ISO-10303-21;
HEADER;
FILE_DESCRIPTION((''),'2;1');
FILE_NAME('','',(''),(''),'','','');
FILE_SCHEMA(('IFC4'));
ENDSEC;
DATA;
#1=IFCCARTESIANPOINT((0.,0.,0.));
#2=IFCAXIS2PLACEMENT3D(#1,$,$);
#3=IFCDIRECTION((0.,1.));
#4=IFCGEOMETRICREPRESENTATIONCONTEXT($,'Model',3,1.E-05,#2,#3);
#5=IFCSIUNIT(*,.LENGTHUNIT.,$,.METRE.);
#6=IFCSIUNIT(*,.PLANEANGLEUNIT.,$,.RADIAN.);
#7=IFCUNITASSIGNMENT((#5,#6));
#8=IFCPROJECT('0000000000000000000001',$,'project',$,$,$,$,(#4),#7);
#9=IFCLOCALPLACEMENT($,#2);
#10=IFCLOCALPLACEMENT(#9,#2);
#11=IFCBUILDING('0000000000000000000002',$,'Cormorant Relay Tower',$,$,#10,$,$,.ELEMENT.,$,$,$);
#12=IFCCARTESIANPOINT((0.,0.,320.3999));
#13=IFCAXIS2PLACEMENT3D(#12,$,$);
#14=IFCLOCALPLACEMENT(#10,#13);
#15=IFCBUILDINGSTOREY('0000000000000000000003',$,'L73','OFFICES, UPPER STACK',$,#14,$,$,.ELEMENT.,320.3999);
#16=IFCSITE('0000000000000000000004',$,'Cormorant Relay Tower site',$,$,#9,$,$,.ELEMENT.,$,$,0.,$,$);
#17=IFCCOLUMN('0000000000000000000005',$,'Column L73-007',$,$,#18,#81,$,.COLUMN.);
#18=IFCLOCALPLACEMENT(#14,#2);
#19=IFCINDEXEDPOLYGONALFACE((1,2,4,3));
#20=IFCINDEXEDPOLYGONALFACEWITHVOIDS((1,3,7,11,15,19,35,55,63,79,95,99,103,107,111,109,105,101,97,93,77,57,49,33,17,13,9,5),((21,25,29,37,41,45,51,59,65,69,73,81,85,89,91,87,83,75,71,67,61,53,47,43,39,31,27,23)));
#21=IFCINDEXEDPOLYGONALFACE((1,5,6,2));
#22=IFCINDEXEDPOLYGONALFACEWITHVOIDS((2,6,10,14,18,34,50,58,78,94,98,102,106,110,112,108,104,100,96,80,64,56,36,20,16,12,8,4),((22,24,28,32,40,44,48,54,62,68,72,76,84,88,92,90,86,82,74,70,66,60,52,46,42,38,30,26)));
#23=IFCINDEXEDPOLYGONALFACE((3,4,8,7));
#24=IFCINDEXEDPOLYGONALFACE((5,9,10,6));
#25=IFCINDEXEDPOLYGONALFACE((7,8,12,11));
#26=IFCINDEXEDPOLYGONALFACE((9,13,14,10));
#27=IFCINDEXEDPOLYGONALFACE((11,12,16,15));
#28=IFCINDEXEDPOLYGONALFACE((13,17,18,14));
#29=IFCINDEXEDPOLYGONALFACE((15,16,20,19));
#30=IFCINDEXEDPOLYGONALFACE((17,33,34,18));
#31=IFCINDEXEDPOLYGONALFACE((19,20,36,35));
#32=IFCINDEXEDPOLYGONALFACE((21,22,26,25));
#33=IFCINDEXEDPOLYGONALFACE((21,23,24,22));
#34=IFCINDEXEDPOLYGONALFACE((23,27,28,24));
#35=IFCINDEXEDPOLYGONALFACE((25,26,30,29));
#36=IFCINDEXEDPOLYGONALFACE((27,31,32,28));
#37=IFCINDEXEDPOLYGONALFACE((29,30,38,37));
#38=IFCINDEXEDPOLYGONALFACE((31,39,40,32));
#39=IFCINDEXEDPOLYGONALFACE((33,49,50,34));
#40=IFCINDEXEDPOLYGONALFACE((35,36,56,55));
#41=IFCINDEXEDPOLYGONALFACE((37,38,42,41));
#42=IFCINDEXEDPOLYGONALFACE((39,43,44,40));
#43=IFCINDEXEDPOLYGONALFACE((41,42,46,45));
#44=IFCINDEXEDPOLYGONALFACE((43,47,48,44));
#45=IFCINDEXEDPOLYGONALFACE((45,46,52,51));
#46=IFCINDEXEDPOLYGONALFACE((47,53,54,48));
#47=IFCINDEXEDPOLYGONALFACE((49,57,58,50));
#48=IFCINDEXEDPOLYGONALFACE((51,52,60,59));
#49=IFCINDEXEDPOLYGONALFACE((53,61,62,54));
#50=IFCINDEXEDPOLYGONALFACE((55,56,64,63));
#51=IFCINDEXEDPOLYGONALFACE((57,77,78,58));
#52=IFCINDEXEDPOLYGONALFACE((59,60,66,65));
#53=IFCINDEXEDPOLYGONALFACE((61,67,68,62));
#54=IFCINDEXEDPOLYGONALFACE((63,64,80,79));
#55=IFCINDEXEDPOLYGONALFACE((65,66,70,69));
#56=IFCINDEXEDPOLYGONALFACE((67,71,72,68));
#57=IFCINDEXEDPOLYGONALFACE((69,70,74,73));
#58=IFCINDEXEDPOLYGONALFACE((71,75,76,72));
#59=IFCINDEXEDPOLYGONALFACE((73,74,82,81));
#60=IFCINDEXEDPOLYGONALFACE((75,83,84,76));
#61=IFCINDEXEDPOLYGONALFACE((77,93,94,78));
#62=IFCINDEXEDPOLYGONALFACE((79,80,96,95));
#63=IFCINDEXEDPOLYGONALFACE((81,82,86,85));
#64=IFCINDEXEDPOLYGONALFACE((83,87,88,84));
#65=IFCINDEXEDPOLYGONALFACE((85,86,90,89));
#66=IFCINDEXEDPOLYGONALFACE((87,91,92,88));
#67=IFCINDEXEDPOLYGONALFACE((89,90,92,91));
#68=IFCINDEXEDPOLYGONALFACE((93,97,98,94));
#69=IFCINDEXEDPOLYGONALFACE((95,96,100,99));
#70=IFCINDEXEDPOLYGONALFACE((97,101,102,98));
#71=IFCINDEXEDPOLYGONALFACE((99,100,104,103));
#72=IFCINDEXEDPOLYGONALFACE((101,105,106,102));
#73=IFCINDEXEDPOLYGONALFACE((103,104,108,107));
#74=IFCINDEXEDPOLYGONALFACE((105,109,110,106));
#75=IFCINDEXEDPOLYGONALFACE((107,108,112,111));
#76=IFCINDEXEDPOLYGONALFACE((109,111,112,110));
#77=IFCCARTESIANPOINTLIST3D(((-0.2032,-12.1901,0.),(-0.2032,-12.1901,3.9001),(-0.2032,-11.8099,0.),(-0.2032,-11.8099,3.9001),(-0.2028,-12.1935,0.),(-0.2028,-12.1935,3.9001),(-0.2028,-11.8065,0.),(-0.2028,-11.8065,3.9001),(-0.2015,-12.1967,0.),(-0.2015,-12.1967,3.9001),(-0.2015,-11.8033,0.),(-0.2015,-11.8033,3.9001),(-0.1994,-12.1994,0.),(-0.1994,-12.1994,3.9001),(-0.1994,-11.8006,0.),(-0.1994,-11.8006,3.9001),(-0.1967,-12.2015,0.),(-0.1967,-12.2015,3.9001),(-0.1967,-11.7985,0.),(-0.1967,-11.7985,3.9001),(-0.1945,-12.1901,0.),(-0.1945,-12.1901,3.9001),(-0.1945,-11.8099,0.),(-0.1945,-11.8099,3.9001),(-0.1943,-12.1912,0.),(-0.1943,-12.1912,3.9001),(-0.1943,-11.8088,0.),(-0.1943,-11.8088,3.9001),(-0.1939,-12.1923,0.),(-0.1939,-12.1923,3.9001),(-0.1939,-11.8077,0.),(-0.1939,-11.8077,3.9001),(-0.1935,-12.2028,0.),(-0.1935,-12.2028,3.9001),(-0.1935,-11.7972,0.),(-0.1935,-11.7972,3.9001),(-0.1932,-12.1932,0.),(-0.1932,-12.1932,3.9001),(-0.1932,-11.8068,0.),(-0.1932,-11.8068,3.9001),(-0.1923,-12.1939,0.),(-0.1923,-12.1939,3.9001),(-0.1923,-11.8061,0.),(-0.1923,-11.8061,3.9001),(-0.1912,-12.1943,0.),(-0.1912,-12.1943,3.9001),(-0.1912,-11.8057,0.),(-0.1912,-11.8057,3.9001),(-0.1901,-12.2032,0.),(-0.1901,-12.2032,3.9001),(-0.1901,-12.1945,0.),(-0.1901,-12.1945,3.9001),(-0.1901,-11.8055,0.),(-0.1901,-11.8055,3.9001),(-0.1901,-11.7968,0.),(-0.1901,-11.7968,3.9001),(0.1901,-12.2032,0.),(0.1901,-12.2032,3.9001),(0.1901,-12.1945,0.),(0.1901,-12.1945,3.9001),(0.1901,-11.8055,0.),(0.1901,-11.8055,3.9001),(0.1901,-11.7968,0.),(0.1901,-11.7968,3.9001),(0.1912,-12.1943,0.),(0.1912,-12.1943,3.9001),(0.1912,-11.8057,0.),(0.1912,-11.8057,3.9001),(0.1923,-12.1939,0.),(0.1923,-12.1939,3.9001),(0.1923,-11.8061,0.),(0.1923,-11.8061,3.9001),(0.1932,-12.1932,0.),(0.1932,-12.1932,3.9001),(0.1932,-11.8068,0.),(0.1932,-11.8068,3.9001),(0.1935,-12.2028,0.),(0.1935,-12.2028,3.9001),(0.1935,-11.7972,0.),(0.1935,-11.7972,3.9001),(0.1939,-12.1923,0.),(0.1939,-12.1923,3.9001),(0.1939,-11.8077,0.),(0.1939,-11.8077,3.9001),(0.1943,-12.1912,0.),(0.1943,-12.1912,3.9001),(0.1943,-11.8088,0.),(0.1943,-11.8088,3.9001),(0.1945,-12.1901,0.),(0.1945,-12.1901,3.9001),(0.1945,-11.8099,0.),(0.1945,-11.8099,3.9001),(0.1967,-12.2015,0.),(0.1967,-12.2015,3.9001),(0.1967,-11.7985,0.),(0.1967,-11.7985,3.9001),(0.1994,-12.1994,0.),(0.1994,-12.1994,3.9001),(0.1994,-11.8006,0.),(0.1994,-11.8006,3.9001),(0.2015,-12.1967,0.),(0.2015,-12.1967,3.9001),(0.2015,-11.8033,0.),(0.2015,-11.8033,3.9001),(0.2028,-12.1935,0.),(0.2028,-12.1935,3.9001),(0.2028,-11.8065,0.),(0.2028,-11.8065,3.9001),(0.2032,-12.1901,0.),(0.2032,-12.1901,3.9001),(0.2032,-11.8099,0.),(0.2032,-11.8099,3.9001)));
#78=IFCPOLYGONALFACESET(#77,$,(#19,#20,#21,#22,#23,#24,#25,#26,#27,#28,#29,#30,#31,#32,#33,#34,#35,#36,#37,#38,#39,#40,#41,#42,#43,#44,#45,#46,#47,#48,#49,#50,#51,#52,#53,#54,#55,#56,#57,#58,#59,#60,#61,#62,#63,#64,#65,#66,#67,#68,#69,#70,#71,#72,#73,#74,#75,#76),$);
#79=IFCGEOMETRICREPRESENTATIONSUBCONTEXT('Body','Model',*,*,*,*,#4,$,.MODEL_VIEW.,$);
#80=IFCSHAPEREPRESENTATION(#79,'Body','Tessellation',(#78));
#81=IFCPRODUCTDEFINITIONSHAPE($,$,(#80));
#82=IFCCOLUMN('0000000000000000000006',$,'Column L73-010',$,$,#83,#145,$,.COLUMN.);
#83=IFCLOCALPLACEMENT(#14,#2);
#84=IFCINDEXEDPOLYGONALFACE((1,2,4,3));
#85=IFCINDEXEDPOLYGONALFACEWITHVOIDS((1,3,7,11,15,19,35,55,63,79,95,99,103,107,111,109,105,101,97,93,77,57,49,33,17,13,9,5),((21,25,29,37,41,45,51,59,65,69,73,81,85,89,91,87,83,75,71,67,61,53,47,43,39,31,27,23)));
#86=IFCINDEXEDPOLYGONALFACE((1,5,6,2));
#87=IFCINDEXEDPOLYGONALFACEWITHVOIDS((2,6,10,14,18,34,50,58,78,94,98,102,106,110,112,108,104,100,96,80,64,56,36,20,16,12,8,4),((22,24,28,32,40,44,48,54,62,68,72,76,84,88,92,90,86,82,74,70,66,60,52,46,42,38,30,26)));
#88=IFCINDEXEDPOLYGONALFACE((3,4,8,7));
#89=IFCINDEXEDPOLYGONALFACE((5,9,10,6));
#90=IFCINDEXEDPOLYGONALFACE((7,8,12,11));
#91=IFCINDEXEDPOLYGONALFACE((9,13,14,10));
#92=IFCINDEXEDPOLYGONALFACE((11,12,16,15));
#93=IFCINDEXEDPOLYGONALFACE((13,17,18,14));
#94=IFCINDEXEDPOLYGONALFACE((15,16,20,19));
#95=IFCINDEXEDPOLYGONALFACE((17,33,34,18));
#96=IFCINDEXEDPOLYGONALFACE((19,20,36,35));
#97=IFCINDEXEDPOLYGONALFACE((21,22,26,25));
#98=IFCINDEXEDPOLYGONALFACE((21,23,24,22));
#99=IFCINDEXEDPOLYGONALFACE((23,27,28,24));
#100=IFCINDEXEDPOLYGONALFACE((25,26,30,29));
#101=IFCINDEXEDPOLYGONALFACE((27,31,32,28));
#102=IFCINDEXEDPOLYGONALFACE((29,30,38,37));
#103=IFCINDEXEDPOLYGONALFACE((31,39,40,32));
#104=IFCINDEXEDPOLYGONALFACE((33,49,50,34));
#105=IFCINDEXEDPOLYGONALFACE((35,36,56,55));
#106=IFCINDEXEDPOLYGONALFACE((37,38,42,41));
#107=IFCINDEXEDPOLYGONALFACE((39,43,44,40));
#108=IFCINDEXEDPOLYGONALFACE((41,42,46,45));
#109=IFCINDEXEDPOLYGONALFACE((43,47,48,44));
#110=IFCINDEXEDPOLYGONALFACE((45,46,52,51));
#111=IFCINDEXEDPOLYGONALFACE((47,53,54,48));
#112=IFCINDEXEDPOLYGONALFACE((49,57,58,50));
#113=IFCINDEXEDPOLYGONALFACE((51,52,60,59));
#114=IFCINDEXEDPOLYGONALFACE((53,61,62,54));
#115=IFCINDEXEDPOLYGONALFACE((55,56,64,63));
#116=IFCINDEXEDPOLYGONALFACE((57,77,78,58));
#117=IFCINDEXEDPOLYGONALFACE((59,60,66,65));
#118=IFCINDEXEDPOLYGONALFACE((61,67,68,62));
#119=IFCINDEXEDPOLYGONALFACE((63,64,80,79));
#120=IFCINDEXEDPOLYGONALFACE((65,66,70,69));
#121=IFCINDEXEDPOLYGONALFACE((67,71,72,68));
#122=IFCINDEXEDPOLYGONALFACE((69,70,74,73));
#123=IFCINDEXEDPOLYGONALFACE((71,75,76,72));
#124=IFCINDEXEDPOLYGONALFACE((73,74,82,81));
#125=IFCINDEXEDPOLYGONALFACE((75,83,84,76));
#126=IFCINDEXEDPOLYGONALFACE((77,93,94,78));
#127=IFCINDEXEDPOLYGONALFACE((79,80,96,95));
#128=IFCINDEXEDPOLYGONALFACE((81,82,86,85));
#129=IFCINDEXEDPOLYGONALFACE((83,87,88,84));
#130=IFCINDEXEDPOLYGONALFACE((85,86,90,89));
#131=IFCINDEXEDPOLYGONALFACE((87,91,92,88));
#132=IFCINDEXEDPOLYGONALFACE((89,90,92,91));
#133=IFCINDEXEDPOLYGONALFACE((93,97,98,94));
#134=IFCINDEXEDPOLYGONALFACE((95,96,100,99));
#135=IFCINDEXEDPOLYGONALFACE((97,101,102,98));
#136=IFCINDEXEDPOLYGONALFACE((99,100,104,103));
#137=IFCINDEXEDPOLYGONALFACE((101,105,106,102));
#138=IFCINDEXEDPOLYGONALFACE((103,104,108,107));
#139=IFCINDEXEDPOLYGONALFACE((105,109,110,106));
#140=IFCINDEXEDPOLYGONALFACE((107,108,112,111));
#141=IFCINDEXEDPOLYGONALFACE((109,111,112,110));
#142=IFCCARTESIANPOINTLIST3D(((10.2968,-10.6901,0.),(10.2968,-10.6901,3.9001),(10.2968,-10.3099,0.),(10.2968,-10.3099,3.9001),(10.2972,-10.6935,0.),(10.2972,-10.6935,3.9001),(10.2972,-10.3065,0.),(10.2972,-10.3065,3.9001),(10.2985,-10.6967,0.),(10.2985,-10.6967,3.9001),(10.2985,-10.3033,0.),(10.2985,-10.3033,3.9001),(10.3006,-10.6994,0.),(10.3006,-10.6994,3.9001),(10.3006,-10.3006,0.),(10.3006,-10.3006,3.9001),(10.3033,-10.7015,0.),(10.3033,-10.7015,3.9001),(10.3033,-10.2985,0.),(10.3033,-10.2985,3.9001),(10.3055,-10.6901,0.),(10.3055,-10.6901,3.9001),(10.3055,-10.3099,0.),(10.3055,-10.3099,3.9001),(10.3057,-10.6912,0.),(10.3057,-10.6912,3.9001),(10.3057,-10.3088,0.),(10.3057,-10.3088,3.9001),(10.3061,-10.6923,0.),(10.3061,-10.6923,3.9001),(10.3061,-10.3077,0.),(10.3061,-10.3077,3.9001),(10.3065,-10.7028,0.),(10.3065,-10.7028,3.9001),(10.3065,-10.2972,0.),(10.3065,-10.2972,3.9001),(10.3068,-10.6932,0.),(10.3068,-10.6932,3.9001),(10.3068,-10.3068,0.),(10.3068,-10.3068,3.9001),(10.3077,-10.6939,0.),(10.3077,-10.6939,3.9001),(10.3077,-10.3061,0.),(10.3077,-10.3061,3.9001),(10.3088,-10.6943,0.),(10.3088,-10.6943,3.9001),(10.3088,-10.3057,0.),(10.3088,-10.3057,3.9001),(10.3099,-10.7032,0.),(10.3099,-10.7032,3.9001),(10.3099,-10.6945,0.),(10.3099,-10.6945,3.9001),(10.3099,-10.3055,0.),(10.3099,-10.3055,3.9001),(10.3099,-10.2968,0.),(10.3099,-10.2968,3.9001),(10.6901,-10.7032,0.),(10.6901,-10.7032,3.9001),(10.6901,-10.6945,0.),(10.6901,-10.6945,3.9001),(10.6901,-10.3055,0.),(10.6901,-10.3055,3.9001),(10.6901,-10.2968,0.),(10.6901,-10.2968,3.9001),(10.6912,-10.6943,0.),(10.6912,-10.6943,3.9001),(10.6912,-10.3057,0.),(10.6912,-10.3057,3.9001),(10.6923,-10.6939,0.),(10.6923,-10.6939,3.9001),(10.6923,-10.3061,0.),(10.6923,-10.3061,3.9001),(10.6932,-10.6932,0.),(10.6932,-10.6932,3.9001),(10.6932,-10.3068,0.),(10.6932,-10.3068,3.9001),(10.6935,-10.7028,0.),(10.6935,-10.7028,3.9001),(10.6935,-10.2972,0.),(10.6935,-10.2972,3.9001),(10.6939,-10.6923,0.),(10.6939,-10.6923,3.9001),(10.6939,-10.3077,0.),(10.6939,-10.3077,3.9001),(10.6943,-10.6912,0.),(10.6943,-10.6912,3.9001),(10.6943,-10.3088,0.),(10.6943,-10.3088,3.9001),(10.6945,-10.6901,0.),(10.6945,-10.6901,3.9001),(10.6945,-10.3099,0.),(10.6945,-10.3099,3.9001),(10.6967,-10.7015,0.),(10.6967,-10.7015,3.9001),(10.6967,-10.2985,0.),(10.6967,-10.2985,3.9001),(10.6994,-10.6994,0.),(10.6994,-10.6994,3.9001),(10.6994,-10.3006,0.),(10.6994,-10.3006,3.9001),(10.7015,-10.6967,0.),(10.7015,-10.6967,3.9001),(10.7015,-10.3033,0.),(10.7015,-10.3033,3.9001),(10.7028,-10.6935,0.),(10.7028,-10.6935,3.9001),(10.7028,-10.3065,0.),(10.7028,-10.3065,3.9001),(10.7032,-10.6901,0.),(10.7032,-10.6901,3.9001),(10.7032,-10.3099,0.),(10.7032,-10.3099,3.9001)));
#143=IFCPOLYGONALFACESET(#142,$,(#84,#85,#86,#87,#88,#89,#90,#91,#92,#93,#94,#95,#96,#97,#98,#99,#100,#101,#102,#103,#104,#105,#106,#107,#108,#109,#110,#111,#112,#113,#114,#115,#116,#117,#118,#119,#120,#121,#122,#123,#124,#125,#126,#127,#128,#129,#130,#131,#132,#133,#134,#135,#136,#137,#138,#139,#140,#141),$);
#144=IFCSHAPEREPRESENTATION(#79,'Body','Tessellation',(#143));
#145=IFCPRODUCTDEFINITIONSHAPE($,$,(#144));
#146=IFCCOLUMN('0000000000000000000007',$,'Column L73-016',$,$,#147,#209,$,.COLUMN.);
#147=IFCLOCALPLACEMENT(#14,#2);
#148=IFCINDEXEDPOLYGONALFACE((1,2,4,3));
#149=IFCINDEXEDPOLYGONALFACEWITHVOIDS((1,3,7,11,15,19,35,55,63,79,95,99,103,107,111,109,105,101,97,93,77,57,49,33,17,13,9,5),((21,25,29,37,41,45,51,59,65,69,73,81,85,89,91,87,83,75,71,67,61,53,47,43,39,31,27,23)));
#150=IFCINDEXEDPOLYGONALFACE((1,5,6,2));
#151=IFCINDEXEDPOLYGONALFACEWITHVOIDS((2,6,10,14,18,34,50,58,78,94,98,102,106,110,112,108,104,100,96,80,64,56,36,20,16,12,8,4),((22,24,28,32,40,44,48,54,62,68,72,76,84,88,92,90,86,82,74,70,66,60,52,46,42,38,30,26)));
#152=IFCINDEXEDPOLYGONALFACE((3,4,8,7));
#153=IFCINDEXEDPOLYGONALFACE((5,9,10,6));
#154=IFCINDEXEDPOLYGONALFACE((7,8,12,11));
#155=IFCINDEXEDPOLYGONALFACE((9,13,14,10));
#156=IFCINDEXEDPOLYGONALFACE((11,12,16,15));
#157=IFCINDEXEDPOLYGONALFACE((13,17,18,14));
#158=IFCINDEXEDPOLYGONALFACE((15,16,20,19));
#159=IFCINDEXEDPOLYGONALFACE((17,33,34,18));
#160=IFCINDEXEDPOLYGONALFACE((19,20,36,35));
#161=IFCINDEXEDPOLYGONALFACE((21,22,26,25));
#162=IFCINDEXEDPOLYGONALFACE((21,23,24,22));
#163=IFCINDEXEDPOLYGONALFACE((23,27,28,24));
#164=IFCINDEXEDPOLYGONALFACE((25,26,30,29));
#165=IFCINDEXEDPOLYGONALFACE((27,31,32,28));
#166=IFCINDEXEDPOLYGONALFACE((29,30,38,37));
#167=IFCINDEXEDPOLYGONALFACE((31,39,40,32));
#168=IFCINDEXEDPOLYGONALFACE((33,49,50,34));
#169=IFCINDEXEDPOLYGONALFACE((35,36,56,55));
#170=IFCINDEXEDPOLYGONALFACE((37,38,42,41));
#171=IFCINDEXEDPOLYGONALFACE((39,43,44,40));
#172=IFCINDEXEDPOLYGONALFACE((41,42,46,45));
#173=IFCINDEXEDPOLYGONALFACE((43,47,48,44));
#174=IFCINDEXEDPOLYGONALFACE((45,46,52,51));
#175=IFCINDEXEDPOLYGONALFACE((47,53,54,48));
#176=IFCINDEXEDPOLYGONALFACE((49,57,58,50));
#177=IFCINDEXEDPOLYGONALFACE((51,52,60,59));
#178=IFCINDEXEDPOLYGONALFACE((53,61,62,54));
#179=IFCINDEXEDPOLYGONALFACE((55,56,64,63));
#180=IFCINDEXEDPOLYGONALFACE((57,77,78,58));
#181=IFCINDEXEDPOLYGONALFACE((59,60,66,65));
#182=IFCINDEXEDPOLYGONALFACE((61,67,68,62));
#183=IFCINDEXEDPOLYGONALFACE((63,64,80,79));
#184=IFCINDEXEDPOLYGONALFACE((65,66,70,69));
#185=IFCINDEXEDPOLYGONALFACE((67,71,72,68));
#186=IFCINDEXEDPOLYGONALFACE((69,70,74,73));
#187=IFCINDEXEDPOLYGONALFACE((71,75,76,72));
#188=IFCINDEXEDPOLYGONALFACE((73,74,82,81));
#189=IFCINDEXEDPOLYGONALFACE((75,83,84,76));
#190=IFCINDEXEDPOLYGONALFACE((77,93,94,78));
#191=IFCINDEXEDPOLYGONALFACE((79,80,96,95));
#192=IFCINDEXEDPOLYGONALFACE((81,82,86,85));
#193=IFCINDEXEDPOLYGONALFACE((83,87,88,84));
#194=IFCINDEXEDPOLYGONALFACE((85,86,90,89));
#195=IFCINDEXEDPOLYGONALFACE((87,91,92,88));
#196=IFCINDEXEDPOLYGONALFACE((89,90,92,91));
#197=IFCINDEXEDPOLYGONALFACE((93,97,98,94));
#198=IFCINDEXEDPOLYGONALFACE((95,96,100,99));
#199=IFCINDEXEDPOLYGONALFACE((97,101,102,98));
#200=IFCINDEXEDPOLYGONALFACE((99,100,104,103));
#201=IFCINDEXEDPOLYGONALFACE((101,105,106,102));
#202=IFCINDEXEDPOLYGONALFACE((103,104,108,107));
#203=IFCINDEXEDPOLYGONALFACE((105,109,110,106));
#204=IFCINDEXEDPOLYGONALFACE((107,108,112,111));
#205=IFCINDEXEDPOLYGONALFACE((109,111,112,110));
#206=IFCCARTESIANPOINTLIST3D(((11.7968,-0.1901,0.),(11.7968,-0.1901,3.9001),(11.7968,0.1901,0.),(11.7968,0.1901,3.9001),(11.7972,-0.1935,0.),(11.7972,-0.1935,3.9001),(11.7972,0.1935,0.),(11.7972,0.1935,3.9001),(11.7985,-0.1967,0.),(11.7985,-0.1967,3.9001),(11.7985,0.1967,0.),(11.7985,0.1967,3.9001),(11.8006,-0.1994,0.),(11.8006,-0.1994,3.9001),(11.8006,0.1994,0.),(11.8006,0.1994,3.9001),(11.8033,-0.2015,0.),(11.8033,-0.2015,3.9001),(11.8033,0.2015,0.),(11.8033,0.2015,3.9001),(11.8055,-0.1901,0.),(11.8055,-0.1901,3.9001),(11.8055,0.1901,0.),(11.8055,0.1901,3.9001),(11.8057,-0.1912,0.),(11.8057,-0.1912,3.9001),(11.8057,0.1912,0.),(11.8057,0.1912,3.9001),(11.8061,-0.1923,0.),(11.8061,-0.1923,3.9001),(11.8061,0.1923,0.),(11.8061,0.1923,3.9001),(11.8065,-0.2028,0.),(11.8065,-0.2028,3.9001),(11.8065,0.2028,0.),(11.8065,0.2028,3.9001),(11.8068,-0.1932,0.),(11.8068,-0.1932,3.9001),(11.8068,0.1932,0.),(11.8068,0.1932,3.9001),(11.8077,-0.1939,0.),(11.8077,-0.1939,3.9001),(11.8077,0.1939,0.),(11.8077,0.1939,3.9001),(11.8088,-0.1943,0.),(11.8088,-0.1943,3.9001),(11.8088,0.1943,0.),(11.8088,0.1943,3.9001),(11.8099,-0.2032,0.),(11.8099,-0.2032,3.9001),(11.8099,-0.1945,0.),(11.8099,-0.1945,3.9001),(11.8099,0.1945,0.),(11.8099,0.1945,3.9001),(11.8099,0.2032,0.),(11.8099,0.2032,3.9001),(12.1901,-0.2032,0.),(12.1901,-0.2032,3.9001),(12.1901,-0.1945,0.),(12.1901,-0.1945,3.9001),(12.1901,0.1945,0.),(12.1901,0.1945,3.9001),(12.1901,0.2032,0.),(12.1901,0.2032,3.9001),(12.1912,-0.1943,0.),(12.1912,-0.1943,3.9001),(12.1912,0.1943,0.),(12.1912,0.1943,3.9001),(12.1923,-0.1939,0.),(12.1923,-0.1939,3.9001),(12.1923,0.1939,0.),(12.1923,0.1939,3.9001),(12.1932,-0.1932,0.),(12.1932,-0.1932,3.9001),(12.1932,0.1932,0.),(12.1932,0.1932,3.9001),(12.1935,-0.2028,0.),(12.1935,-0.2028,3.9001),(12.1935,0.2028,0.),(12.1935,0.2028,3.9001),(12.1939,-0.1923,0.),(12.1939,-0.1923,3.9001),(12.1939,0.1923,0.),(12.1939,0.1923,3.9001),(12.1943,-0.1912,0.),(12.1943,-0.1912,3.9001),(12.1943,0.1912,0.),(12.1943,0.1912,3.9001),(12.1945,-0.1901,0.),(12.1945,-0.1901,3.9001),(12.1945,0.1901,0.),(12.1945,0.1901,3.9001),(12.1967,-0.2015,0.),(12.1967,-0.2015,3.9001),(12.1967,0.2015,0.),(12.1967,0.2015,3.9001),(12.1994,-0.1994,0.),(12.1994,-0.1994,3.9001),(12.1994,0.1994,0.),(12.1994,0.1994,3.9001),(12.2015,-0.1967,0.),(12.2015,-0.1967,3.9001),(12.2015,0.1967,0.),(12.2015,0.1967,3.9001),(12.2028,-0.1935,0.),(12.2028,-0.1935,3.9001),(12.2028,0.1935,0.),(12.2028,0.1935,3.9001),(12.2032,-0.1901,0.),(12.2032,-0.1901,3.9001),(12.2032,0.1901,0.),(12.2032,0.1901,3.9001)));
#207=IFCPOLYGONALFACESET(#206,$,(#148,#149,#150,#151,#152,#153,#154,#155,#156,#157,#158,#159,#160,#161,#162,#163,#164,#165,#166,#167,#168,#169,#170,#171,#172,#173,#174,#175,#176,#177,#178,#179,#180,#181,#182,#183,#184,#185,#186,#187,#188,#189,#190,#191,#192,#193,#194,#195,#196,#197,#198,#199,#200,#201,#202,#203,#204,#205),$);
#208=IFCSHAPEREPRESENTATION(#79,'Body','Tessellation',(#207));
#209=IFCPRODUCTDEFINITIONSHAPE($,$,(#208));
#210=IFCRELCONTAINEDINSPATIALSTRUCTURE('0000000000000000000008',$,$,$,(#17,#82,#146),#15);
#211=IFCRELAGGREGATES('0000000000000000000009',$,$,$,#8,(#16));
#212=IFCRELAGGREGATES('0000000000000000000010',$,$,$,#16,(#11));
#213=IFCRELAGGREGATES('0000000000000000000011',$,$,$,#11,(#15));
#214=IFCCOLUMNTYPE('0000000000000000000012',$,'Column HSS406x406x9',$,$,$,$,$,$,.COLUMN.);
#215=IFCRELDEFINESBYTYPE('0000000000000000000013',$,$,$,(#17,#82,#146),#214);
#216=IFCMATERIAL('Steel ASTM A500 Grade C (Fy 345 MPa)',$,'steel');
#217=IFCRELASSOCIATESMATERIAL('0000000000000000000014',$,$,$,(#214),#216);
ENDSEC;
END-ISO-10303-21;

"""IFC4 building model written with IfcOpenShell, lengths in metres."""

from ifc_helpers import new_model, si_unit, direction, frame, origin, origin_2d, place, context, subcontext, project, spatial, hollow_rectangle, extrude, material, material_profile, profile_set, type_object, element, save


model = new_model("IFC4")

# Units and contexts
model_context = context("Model", 3, precision=1e-05, world=origin(), true_north=direction((0.0, 1.0)))
body_context = subcontext(model_context, "Body", "Model", "MODEL_VIEW")
ifc_project = project(units=[si_unit("LENGTHUNIT", "METRE"), si_unit("PLANEANGLEUNIT", "RADIAN")], contexts=[model_context])

# Site, building, storey
site_placement = place(None, origin())
site = spatial("IfcSite", under=ifc_project, at=site_placement, Name="Cormorant Relay Tower site", CompositionType="ELEMENT", RefElevation=0.0)
building_placement = place(site_placement, origin())
building = spatial("IfcBuilding", under=site, at=building_placement, Name="Cormorant Relay Tower", CompositionType="ELEMENT")
storey_placement = place(building_placement, frame((0.0, 0.0, 320.3999)))
storey = spatial("IfcBuildingStorey", under=building, at=storey_placement, Name="L73", Description="OFFICES, UPPER STACK", CompositionType="ELEMENT", Elevation=320.3999)

# Columns
ifc_material_1 = material(Name="Steel ASTM A500 Grade C (Fy 345 MPa)", Category="steel")
ifc_material_profile_1 = material_profile(ifc_material_1, hollow_rectangle(XDim=0.4065, YDim=0.4065, WallThickness=0.0088, InnerFilletRadius=0.0044, OuterFilletRadius=0.0132, at=origin_2d()), Name="HSS406x406x9")
ifc_profile_set_1 = profile_set([ifc_material_profile_1], Name="Steel ASTM A500 Grade C (Fy 345 MPa)")
column_type = type_object("IfcColumnType", Name="Column HSS406x406x9", PredefinedType="COLUMN", material=ifc_profile_set_1)
for number, where, z_axis, x_axis, name in (
    (1, (0.0, -12.0, 0.0), (0.0, 0.0, 1.0), (1.0, 0.0, 0.0), "Column L73-007"),
    (2, (10.5, -10.5, 0.0), (0.0, 0.0, 1.0), (1.0, 0.0, 0.0), "Column L73-010"),
    (3, (12.0, 0.0, 0.0), (0.0, 0.0, 1.0), (1.0, 0.0, 0.0), "Column L73-016"),
):
    element("IfcColumn", number, at=place(storey_placement, frame(where, z_axis=z_axis, x_axis=x_axis)), inside=storey, type_object=column_type, Name=name, PredefinedType="COLUMN", context=body_context, shape_type="SweptSolid", body=[
        extrude(hollow_rectangle(XDim=0.4065, YDim=0.4065, WallThickness=0.0088, InnerFilletRadius=0.0044, OuterFilletRadius=0.0132, at=origin_2d()), origin(), (0.0, 0.0, 1.0), 3.9001),
    ])

save(model, "model.ifc")
